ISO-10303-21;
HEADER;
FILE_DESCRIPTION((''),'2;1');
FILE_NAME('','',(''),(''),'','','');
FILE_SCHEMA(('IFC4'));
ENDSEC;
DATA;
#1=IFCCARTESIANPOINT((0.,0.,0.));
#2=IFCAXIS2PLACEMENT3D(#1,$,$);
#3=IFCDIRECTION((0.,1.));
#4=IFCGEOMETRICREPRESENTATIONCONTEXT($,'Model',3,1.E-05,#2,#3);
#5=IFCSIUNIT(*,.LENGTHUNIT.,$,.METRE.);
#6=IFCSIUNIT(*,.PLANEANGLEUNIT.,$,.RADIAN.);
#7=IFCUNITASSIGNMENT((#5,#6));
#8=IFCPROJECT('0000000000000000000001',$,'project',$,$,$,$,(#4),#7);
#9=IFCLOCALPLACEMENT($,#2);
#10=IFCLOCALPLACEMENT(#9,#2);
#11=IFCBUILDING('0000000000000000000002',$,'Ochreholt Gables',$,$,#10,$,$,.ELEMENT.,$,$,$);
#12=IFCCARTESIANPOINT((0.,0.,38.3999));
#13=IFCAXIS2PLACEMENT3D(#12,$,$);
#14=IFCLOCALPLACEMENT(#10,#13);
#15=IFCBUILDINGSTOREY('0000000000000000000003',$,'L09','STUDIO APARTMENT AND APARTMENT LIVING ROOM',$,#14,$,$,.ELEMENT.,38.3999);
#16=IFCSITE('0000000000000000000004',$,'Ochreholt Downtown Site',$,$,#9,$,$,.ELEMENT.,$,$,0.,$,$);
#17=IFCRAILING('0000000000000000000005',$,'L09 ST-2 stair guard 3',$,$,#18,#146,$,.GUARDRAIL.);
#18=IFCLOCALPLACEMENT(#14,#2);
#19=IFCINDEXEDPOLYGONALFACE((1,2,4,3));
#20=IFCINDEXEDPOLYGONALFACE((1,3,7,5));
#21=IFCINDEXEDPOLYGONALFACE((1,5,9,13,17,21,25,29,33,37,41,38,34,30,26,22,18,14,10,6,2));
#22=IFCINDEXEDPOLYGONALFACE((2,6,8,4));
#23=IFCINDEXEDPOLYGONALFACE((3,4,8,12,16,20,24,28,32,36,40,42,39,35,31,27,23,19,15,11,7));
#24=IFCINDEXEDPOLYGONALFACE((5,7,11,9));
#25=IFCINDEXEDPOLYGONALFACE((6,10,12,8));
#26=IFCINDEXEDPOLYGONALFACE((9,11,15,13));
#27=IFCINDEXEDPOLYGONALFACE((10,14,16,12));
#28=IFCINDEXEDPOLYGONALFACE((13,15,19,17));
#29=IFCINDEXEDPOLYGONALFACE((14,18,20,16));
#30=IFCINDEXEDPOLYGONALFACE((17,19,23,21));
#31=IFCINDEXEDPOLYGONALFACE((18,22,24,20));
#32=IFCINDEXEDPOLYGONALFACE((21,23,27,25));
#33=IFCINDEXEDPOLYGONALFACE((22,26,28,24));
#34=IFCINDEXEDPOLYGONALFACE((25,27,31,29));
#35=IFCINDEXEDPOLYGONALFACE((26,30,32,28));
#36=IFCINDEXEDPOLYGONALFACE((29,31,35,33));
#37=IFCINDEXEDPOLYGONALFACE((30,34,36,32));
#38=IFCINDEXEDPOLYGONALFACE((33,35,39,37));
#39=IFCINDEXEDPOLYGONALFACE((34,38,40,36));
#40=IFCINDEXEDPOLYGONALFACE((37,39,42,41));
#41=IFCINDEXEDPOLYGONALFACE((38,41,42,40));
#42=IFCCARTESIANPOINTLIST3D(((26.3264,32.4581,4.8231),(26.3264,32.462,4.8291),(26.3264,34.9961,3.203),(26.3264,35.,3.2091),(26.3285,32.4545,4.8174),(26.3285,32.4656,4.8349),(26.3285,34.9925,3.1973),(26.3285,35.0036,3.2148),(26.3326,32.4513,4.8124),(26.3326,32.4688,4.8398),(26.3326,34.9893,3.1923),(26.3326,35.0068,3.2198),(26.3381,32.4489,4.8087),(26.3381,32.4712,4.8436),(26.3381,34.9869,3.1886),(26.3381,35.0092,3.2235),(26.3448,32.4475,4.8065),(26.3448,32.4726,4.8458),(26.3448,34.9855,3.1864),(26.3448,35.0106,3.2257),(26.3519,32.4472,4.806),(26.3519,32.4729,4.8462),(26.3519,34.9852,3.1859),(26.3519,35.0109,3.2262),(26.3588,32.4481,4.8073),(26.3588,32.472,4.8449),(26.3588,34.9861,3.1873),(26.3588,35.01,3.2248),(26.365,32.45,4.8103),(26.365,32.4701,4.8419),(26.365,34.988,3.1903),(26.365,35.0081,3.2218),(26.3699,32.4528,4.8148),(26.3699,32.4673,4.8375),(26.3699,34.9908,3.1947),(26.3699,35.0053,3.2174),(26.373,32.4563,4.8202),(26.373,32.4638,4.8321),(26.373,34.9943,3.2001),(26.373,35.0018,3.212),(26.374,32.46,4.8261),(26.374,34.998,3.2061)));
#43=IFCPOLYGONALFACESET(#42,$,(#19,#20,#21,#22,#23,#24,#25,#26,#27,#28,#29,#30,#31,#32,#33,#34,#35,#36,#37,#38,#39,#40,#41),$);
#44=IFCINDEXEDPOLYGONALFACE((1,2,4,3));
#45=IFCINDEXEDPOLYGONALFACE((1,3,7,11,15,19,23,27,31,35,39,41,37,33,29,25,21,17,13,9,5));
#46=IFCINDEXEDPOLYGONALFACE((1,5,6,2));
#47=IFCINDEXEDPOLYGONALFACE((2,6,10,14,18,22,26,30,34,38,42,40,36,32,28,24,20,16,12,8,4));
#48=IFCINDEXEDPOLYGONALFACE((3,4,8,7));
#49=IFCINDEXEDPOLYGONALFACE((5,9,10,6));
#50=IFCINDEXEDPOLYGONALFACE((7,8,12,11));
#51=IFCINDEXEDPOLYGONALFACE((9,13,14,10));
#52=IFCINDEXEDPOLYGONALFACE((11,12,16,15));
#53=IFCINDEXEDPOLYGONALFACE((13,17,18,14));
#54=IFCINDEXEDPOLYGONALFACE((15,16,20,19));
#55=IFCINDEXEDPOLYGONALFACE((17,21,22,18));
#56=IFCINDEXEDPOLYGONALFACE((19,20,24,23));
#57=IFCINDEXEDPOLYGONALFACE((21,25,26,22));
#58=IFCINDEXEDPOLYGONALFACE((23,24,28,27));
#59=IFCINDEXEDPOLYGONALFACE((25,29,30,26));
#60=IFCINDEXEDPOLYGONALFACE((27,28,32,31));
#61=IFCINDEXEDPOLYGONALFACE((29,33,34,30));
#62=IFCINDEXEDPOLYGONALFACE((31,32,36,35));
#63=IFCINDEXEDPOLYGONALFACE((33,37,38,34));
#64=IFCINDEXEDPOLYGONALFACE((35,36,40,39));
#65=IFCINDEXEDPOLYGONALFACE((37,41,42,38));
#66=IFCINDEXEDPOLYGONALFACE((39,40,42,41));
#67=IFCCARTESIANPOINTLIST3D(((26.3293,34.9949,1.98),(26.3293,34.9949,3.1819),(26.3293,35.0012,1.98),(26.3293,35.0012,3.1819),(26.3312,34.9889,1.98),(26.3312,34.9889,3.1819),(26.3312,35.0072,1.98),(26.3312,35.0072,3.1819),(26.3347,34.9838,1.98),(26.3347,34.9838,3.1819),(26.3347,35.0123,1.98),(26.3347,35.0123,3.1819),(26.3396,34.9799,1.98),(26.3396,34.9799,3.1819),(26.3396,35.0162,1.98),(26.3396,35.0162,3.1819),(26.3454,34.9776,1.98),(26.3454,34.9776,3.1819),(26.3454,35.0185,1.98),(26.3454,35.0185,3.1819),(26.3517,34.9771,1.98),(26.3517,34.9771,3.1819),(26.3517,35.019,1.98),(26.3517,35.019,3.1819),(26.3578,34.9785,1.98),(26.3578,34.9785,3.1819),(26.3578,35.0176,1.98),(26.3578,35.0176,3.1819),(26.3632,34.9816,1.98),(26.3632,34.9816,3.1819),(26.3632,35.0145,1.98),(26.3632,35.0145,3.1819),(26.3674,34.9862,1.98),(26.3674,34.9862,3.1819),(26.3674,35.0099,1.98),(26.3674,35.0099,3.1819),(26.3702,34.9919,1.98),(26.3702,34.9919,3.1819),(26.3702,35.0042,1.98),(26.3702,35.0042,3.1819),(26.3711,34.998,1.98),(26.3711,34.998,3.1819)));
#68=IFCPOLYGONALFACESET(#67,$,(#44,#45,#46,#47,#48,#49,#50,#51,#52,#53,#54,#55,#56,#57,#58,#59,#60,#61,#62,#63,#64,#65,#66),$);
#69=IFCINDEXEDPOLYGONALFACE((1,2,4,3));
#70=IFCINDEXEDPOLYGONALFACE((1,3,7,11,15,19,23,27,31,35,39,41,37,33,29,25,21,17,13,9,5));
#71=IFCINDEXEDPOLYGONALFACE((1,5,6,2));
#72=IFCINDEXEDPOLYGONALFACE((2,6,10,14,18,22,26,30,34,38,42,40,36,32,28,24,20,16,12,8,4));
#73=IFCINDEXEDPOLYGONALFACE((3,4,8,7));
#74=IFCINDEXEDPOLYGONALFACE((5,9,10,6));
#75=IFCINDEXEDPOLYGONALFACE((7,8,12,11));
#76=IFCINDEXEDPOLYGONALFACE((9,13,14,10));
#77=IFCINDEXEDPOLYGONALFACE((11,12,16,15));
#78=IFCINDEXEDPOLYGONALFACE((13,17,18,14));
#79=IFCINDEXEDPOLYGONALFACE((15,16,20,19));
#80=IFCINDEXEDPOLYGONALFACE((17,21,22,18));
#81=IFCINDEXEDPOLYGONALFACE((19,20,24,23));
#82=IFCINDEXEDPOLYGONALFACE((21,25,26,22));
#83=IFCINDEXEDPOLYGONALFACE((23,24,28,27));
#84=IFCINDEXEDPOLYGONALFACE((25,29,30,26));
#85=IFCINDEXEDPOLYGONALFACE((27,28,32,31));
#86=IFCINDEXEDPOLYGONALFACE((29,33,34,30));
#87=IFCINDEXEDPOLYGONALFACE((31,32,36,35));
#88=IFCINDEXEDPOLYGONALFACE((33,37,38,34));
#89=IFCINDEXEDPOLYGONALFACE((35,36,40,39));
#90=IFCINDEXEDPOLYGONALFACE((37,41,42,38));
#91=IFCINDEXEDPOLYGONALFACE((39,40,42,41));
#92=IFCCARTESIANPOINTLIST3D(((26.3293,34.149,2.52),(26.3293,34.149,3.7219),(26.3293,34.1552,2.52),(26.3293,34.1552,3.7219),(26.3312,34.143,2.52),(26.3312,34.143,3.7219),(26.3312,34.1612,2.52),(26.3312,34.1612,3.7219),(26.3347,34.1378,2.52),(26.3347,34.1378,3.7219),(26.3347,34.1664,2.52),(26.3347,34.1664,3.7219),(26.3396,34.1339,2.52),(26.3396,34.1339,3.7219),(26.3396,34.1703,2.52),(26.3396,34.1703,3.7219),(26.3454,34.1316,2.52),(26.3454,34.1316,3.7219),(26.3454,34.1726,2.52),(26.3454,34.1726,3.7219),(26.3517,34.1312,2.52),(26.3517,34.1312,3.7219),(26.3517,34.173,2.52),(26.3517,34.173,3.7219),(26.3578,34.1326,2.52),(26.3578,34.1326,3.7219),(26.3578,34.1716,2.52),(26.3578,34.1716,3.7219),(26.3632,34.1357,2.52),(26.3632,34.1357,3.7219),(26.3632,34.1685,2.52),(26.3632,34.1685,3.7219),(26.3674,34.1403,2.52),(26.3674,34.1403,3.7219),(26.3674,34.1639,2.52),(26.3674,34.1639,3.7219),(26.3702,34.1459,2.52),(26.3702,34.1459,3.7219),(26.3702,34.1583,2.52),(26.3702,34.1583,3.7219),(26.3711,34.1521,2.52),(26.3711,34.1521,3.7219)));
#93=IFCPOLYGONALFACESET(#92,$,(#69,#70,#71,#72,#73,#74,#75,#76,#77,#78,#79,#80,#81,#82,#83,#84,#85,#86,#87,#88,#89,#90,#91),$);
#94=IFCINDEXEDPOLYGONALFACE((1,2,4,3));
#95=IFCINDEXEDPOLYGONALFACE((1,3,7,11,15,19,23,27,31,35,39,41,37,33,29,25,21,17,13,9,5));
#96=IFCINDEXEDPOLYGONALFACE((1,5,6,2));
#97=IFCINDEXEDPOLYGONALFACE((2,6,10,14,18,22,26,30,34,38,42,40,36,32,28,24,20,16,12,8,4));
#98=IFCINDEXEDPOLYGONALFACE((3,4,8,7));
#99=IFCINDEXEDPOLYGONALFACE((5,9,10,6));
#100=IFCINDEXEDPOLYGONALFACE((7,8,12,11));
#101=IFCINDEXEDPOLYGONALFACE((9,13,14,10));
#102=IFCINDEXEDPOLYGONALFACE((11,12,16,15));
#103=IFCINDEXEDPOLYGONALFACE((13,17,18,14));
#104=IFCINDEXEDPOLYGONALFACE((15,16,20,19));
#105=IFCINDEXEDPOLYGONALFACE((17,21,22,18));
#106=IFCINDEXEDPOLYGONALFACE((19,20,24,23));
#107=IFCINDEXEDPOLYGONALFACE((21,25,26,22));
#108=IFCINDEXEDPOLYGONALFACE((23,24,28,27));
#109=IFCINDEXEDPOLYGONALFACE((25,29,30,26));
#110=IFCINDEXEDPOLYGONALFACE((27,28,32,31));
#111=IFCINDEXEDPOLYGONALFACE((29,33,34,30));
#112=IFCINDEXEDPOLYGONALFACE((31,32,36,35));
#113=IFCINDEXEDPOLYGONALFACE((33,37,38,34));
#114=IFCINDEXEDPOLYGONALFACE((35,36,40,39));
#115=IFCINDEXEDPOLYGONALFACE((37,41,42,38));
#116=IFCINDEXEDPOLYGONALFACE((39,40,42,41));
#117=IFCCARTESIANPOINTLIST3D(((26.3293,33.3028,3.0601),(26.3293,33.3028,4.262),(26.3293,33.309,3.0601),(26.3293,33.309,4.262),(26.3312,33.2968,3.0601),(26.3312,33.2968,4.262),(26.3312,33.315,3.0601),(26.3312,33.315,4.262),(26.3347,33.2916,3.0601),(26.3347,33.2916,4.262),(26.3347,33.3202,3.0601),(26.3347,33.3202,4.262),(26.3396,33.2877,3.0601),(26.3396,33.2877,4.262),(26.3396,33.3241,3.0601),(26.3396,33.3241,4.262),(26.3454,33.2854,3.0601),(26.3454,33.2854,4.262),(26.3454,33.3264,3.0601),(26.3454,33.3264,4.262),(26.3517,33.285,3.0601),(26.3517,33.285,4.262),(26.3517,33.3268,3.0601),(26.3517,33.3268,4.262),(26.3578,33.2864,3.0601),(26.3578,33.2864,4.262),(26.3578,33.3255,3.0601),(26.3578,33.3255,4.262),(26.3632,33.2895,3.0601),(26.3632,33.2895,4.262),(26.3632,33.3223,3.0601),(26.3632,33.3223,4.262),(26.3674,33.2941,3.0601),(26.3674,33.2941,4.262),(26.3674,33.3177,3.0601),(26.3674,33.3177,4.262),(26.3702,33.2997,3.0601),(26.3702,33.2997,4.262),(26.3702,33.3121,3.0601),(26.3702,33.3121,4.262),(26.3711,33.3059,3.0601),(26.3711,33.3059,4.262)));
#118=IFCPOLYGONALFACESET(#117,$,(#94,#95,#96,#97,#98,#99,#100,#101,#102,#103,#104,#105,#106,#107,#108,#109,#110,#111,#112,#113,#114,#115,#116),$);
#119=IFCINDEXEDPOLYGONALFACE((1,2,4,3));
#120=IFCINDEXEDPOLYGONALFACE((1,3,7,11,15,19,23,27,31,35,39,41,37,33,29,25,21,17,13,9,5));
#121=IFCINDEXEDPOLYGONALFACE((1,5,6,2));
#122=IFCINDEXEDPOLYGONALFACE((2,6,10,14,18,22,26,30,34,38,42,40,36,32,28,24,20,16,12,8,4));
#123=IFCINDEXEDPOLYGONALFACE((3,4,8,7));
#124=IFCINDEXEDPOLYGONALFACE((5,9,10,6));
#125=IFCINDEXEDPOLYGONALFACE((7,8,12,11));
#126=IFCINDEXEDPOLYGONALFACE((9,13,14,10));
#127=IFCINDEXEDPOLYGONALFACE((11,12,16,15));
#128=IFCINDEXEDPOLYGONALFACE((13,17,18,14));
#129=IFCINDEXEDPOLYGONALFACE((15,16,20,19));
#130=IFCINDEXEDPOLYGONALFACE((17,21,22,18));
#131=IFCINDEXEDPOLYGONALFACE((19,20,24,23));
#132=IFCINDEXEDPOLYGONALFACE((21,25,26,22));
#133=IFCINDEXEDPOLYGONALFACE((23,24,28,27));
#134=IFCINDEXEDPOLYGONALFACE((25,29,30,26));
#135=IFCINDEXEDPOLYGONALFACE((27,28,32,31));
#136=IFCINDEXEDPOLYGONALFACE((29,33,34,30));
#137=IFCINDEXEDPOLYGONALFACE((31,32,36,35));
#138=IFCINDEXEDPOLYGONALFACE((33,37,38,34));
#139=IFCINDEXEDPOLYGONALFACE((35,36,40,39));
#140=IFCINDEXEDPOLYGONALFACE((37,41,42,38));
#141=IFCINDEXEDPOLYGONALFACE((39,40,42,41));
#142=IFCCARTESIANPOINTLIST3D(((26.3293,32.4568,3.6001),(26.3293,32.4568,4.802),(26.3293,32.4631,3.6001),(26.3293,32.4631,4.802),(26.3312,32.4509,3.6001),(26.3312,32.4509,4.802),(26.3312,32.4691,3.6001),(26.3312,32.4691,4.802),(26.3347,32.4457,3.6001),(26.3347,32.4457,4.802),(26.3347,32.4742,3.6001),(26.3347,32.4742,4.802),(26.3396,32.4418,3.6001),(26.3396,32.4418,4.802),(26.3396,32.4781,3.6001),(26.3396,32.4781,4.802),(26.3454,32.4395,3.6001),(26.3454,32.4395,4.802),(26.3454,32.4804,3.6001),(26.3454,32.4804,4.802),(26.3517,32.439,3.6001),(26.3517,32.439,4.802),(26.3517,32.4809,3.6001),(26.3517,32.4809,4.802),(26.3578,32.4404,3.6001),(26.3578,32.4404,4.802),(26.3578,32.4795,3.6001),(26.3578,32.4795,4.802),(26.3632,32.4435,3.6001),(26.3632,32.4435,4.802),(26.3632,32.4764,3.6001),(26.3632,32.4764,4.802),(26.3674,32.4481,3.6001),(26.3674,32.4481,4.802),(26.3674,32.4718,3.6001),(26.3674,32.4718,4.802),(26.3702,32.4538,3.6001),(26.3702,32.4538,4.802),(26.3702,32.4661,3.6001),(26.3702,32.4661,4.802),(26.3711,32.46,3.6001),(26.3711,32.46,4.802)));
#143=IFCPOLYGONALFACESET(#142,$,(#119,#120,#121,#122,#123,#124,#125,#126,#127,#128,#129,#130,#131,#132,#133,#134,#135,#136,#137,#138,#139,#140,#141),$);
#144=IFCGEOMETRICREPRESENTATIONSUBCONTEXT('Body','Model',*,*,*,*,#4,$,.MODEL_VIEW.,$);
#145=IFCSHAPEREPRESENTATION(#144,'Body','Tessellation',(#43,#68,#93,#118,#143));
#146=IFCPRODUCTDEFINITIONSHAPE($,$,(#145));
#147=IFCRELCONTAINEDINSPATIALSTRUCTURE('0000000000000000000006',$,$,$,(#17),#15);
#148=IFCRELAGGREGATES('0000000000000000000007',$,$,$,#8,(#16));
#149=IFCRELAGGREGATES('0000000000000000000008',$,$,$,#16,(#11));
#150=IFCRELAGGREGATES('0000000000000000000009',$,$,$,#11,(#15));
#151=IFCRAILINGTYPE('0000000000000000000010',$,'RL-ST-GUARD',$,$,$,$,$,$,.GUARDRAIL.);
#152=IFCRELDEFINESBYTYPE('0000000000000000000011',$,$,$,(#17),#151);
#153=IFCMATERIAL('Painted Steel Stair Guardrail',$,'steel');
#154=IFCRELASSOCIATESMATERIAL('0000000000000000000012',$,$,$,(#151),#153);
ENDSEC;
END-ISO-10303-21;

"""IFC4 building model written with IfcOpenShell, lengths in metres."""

from ifc_helpers import new_model, si_unit, direction, frame, origin, origin_2d, place, context, subcontext, project, spatial, circle, extrude, material, type_object, element, save


model = new_model("IFC4")

# Units and contexts
model_context = context("Model", 3, precision=1e-05, world=origin(), true_north=direction((0.0, 1.0)))
body_context = subcontext(model_context, "Body", "Model", "MODEL_VIEW")
ifc_project = project(units=[si_unit("LENGTHUNIT", "METRE"), si_unit("PLANEANGLEUNIT", "RADIAN")], contexts=[model_context])

# Site, building, storey
site_placement = place(None, origin())
site = spatial("IfcSite", under=ifc_project, at=site_placement, Name="Ochreholt Downtown Site", CompositionType="ELEMENT", RefElevation=0.0)
building_placement = place(site_placement, origin())
building = spatial("IfcBuilding", under=site, at=building_placement, Name="Ochreholt Gables", CompositionType="ELEMENT")
storey_placement = place(building_placement, frame((0.0, 0.0, 38.3999)))
storey = spatial("IfcBuildingStorey", under=building, at=storey_placement, Name="L09", Description="STUDIO APARTMENT AND APARTMENT LIVING ROOM", CompositionType="ELEMENT", Elevation=38.3999)

# Railing
ifc_material_1 = material(Name="Painted Steel Stair Guardrail", Category="steel")
railing_type_1 = type_object("IfcRailingType", Name="RL-ST-GUARD", PredefinedType="GUARDRAIL", material=ifc_material_1)
railing_1_placement = place(storey_placement, frame((26.3501, 34.998, 1.98)))
element("IfcRailing", 1, at=railing_1_placement, inside=storey, type_object=railing_type_1, Name="L09 ST-2 stair guard 3", PredefinedType="GUARDRAIL", context=body_context, shape_type="SweptSolid", body=[
    extrude(circle(Radius=0.0239, at=origin_2d()), frame((0.0, 0.0, 1.2261), z_axis=(0.0, -0.842913, 0.53805), x_axis=(1.0, 0.0, 0.0)), (0.0, 0.0, 1.0), 3.011),
    extrude(circle(Radius=0.021, at=origin_2d()), origin(), (0.0, 0.0, 1.0), 1.2019),
    extrude(circle(Radius=0.021, at=origin_2d()), frame((0.0, -0.8459, 0.54)), (0.0, 0.0, 1.0), 1.2019),
    extrude(circle(Radius=0.021, at=origin_2d()), frame((0.0, -1.6921, 1.0801)), (0.0, 0.0, 1.0), 1.2019),
    extrude(circle(Radius=0.021, at=origin_2d()), frame((0.0, -2.5381, 1.6201)), (0.0, 0.0, 1.0), 1.2019),
])

save(model, "model.ifc")
